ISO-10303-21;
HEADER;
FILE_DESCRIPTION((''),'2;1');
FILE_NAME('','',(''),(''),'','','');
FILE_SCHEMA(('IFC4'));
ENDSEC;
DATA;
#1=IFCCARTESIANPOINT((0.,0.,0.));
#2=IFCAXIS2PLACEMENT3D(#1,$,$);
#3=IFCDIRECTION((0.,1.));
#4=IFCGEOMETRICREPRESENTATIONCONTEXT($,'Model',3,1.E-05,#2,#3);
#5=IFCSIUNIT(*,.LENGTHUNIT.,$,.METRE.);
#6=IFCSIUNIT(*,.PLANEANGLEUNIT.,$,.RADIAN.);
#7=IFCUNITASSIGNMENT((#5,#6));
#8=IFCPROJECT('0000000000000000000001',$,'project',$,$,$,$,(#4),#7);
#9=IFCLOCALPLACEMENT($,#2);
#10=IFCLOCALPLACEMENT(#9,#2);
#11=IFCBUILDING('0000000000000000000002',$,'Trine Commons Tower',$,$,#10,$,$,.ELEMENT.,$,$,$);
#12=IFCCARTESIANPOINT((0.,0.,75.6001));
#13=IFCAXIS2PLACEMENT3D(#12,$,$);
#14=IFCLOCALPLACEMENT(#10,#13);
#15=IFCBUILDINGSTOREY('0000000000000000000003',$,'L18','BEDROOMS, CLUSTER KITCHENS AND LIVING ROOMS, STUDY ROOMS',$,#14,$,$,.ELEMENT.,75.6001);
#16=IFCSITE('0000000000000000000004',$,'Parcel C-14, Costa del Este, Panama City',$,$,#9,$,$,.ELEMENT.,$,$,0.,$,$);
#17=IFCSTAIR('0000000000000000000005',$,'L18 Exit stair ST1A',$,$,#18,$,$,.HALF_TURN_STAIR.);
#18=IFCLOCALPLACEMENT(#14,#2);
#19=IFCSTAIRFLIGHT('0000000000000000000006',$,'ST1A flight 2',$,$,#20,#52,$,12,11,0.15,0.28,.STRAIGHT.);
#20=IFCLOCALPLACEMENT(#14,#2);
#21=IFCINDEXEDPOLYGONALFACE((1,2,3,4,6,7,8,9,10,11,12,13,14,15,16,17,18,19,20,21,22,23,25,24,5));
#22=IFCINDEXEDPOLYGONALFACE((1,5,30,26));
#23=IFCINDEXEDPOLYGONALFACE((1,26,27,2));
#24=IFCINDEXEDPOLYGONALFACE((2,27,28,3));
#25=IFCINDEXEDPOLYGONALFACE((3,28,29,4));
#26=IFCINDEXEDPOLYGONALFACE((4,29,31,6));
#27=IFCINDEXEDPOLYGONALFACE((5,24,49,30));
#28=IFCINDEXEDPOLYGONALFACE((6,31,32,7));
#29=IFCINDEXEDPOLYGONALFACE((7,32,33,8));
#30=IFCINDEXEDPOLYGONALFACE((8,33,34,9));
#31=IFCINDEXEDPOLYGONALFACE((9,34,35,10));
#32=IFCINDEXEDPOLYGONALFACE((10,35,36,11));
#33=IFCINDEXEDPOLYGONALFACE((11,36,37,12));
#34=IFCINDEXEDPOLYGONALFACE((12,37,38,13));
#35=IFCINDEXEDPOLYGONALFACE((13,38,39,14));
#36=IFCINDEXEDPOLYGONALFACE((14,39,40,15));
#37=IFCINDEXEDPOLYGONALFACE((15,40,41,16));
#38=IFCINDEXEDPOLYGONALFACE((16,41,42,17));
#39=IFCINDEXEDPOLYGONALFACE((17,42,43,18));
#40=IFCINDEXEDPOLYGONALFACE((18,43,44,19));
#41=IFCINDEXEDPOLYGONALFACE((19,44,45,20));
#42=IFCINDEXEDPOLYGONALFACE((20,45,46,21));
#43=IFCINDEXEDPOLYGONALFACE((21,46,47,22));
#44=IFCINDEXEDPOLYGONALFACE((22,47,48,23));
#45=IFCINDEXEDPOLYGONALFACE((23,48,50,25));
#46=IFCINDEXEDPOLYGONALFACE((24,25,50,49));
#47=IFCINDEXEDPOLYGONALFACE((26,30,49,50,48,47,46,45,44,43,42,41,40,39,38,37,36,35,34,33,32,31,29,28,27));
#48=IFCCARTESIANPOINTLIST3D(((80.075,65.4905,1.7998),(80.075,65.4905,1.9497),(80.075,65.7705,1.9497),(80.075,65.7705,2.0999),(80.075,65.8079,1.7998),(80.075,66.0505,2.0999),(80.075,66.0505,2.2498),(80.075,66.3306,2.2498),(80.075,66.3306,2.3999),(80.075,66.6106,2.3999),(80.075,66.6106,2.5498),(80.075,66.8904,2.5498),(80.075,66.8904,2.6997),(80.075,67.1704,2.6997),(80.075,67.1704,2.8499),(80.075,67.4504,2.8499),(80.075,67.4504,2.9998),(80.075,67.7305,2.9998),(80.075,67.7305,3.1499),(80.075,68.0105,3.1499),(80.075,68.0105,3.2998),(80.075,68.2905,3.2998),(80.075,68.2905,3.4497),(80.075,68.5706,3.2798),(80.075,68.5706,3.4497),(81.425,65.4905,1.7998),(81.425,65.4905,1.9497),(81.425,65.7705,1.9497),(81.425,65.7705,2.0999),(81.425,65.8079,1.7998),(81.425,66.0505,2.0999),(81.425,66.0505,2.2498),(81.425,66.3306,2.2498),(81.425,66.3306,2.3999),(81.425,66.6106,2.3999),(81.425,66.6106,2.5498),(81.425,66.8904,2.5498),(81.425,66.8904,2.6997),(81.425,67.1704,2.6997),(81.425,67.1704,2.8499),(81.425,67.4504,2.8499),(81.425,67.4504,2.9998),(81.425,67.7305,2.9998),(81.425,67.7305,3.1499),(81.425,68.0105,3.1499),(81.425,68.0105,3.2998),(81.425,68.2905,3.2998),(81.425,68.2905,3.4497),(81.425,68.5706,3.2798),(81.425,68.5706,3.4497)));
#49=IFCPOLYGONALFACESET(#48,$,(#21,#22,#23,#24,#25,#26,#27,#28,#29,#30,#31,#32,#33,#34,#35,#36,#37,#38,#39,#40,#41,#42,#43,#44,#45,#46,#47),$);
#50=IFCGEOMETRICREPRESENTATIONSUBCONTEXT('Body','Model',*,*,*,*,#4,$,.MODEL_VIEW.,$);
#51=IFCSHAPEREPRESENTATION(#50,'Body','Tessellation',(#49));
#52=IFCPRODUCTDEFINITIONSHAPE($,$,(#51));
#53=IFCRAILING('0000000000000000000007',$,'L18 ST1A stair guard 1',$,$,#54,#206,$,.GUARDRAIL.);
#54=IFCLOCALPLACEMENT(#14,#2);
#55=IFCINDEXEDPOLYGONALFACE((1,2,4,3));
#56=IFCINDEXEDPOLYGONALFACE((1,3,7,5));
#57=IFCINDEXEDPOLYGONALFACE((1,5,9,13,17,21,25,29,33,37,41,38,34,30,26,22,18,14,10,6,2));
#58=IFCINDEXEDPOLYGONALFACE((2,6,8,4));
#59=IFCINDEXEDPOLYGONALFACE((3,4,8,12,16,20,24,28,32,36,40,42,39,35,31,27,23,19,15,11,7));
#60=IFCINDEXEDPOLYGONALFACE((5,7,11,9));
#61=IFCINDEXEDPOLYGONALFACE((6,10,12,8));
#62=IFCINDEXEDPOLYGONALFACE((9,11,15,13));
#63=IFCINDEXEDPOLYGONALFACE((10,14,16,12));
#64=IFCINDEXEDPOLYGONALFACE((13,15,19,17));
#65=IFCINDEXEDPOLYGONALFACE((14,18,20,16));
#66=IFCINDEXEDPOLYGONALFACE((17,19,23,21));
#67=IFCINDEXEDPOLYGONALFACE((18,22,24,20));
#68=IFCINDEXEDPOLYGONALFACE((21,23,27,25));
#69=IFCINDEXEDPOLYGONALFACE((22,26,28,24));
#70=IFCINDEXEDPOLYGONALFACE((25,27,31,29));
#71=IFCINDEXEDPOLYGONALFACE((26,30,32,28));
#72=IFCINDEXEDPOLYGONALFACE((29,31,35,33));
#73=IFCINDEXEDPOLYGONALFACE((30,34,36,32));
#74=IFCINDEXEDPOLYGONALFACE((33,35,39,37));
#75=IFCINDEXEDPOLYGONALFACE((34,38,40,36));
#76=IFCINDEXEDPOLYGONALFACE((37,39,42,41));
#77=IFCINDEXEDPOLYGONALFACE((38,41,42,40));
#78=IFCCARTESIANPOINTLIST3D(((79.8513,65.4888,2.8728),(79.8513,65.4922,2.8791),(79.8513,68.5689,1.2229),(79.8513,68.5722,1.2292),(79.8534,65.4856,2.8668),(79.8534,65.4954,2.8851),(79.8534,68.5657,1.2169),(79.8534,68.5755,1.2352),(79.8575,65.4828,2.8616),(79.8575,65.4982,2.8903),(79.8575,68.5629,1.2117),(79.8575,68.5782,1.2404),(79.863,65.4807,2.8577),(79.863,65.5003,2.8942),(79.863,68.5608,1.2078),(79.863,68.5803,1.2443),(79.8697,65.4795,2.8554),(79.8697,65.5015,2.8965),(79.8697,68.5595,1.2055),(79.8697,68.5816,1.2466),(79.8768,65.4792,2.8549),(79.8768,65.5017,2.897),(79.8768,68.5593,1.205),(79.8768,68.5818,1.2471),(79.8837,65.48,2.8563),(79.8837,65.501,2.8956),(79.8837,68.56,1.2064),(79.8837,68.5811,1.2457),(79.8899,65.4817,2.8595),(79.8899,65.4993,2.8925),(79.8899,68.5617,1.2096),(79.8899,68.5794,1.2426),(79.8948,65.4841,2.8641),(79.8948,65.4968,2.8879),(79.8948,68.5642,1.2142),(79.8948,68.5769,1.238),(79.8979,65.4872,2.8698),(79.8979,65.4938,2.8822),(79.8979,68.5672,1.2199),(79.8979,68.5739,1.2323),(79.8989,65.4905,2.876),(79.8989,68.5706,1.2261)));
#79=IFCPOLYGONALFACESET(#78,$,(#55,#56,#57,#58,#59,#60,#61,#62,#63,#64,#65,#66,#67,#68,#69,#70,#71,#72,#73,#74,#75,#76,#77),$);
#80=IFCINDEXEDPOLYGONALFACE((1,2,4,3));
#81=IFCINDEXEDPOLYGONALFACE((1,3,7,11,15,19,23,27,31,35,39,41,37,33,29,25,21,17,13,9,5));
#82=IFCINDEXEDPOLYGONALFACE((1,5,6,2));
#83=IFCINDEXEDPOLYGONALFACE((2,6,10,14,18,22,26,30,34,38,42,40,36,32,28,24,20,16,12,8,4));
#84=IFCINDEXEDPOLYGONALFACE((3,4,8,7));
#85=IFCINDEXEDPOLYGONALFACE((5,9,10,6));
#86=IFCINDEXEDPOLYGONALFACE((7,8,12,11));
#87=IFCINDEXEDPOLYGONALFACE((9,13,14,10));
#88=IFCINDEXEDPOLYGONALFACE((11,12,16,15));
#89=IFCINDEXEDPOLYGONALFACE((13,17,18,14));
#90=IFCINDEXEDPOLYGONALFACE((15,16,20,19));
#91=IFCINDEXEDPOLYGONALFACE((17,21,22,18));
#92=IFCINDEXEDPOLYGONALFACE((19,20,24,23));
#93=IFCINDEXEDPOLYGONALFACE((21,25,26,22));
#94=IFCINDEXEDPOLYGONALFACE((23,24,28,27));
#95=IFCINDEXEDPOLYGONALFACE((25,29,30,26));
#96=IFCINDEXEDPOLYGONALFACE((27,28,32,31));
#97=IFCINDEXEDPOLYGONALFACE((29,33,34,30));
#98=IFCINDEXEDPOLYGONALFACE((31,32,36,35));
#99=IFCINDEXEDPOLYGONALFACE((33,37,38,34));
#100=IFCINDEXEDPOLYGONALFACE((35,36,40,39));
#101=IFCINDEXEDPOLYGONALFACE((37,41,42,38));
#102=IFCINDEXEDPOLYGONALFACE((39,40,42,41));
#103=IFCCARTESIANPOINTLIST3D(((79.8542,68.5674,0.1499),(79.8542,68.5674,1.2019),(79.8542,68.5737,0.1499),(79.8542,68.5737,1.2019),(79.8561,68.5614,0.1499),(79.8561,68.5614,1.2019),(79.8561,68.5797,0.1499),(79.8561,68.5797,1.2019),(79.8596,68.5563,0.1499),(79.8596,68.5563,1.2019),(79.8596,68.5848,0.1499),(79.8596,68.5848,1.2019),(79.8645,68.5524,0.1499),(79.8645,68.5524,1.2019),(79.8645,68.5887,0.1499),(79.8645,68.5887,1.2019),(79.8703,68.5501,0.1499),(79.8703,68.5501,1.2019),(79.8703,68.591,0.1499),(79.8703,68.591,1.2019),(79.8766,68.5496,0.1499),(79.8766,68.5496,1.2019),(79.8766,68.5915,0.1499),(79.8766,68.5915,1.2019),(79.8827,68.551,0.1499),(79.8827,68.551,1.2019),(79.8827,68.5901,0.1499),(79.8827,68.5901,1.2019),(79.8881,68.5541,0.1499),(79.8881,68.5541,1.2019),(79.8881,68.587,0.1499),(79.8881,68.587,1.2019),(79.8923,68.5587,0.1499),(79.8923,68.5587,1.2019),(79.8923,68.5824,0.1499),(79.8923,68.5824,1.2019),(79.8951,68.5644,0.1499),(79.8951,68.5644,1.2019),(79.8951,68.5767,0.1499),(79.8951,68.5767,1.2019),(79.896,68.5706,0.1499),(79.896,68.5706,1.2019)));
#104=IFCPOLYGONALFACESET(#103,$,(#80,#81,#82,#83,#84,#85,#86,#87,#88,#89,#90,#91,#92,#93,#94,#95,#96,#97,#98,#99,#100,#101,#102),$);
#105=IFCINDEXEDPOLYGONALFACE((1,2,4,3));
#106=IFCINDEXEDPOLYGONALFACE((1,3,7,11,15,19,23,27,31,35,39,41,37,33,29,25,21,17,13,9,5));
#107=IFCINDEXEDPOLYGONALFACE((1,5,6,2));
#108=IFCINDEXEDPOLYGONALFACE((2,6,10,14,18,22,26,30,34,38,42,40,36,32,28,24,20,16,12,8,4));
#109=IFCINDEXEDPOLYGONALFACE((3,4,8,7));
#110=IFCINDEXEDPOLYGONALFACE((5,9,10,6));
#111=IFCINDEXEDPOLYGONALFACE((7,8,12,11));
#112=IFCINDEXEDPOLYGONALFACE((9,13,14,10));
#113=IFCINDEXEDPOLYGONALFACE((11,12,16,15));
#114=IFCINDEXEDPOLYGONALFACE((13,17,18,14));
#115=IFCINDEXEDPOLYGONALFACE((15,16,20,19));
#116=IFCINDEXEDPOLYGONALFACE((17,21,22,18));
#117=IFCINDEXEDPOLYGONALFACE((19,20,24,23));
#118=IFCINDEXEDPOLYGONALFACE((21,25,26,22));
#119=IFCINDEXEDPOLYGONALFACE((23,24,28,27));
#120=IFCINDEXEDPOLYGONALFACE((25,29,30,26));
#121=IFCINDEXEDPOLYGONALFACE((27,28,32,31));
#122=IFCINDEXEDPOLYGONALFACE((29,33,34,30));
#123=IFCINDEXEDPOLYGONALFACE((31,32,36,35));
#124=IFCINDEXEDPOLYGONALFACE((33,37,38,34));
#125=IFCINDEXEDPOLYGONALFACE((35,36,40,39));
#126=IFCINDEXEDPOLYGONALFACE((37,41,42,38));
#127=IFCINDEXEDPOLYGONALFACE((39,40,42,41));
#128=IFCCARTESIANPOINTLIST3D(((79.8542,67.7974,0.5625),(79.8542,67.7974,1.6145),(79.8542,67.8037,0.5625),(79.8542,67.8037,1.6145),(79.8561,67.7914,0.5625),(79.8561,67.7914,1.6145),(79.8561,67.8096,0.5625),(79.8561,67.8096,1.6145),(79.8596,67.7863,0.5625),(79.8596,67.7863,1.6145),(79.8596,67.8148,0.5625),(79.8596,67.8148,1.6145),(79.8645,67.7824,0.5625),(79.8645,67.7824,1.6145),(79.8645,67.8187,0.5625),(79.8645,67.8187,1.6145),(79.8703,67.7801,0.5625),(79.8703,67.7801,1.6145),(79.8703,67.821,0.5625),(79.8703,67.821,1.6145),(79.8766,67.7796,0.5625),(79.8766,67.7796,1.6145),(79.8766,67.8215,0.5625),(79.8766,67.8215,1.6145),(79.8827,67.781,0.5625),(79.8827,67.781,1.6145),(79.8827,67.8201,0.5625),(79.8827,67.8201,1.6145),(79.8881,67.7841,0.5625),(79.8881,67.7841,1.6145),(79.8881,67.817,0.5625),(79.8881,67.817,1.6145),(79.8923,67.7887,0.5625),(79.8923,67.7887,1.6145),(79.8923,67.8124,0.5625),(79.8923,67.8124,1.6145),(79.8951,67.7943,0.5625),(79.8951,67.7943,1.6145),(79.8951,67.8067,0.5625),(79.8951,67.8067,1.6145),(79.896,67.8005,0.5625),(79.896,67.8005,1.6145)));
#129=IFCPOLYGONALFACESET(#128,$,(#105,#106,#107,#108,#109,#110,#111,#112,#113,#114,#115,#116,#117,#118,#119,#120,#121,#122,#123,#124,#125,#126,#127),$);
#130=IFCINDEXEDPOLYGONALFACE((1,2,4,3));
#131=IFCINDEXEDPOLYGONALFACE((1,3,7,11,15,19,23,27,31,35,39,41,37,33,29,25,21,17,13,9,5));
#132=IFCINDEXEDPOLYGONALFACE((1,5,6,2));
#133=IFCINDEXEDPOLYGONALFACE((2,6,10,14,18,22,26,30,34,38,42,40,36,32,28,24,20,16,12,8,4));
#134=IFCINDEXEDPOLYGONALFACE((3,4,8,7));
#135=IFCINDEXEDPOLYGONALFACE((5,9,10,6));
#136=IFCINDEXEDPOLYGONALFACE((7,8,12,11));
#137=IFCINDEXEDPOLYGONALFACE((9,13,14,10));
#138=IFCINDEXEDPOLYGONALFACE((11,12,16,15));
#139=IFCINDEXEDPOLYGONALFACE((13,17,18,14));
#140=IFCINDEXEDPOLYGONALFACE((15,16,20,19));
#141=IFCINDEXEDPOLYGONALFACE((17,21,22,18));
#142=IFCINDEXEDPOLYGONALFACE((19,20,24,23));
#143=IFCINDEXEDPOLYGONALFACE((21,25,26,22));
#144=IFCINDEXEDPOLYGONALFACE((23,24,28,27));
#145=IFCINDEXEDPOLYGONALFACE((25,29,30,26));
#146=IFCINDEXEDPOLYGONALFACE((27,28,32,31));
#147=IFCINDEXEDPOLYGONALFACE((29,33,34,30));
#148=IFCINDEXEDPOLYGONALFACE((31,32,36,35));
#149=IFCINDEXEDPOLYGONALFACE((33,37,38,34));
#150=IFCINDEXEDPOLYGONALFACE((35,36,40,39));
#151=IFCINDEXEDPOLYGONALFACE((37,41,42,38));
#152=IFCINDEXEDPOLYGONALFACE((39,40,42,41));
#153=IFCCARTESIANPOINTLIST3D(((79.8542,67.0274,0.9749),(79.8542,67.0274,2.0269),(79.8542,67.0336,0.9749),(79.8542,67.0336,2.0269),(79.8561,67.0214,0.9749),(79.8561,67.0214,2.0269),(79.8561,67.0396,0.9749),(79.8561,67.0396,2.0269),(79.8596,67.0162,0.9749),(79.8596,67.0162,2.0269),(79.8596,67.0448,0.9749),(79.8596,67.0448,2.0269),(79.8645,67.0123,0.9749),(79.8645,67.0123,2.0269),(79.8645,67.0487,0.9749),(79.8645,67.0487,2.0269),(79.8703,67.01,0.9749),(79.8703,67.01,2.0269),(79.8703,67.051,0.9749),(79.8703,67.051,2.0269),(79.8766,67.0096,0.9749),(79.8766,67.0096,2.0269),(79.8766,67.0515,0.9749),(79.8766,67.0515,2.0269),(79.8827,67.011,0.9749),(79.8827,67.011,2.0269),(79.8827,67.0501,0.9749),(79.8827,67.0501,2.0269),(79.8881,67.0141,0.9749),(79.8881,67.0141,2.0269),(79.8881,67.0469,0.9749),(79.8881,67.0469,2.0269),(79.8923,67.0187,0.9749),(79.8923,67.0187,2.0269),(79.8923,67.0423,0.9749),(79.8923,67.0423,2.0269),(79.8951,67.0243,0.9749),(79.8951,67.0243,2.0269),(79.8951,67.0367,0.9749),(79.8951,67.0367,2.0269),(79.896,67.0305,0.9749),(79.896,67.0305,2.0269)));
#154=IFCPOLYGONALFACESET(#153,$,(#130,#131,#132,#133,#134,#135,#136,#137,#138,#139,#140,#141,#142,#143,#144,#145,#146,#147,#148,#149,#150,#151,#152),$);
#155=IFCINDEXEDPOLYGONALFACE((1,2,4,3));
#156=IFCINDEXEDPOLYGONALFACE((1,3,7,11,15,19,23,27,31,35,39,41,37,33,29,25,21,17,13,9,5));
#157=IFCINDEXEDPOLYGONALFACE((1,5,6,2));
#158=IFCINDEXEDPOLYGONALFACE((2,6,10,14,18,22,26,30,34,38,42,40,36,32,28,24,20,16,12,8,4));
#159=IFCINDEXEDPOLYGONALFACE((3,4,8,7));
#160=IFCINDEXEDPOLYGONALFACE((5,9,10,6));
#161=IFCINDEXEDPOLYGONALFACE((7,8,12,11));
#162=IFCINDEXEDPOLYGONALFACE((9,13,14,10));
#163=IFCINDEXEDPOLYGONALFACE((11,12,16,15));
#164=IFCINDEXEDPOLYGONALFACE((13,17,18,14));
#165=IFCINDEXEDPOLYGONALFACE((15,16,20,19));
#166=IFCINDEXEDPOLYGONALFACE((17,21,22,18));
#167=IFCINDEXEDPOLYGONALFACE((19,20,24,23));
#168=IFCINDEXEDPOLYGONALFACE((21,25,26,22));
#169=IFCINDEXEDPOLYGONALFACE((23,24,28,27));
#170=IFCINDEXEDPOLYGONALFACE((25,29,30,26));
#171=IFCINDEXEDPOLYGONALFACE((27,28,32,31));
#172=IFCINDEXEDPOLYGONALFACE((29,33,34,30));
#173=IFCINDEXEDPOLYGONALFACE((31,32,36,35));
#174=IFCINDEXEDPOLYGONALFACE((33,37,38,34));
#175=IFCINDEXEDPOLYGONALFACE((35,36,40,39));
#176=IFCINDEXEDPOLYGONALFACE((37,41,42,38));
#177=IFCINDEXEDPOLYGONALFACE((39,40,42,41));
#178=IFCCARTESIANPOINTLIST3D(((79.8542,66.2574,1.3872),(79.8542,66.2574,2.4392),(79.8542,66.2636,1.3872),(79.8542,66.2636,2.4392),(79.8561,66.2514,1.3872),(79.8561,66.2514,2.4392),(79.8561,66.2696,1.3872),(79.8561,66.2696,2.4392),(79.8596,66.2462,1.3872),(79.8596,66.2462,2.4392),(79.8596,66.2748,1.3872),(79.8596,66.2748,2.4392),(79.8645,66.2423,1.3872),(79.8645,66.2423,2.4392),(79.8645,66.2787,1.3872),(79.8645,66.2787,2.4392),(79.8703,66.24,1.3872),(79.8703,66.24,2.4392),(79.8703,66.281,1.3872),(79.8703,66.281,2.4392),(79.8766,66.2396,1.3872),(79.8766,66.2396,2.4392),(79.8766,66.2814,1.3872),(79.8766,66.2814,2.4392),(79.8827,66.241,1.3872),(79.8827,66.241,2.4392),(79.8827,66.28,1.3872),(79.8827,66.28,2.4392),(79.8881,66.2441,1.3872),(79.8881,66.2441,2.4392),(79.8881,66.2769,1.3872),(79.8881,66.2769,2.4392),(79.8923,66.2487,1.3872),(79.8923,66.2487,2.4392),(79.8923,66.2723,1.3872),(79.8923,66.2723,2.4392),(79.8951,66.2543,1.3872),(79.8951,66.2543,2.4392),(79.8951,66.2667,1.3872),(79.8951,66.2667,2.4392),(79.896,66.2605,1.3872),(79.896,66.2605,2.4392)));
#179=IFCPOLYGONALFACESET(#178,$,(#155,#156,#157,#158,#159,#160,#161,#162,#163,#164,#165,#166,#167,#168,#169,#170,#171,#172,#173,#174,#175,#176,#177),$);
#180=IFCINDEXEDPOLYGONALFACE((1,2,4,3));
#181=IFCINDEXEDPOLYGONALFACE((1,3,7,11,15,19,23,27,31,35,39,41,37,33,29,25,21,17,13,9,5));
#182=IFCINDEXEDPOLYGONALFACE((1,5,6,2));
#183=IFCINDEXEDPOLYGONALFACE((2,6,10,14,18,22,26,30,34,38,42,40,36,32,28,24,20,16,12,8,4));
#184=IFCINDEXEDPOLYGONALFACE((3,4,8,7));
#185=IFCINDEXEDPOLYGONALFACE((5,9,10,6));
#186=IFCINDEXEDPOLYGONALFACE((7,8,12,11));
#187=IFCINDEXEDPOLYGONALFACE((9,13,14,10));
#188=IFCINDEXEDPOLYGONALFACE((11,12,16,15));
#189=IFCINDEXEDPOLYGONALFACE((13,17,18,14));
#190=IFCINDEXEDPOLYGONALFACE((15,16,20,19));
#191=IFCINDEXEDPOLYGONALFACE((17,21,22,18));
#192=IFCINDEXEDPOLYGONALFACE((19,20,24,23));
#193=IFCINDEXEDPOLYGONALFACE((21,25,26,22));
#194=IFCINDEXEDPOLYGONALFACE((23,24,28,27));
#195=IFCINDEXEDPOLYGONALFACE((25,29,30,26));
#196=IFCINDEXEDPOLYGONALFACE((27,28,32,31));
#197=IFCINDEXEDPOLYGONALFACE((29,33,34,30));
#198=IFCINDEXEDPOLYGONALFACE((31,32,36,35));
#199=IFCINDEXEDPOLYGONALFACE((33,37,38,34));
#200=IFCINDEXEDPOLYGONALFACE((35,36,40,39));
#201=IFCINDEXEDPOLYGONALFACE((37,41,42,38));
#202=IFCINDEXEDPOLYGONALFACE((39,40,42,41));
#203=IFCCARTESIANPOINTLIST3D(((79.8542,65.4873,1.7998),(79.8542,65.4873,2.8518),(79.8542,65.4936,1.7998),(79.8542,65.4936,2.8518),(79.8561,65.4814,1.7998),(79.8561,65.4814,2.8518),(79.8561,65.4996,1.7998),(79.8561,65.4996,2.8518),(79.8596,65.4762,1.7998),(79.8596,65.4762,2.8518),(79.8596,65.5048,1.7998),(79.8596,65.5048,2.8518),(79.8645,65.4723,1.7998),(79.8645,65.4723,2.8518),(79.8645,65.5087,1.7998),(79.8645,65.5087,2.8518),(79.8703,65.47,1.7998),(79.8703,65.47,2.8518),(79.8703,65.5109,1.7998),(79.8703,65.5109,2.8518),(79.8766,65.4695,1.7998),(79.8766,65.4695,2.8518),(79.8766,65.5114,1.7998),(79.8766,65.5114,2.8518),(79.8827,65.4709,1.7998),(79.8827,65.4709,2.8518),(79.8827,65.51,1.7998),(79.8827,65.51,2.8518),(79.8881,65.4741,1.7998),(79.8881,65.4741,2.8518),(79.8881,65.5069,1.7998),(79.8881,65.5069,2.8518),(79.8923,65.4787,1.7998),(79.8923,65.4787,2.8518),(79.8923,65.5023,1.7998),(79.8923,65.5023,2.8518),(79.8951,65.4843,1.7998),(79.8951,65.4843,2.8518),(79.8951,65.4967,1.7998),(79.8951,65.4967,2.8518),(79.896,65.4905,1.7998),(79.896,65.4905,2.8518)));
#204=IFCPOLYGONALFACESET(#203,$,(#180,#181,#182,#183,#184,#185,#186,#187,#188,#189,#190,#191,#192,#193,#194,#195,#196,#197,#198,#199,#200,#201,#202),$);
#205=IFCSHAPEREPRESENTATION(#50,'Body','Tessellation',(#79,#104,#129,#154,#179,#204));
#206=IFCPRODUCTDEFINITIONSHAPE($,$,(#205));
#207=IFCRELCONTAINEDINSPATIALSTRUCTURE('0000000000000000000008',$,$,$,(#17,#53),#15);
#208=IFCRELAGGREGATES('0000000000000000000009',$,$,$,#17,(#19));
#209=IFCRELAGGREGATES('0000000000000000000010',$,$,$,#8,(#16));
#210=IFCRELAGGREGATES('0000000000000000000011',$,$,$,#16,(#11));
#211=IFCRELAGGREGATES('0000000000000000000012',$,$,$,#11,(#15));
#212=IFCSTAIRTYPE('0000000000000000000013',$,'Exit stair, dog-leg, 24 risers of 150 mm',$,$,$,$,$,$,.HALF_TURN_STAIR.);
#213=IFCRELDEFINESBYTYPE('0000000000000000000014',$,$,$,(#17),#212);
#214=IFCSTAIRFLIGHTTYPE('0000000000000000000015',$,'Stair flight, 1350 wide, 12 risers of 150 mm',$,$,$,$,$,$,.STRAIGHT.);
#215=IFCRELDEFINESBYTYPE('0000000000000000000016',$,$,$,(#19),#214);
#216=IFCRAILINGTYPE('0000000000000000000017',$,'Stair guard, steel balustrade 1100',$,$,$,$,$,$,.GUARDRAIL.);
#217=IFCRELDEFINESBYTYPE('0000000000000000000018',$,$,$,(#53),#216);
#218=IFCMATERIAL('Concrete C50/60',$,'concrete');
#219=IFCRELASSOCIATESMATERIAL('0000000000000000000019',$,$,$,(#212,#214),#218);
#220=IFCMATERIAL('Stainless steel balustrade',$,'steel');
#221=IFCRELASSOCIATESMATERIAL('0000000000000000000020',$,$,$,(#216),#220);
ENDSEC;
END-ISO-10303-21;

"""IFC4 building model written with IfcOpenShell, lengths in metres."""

from ifc_helpers import new_model, si_unit, direction, frame, origin, origin_2d, place, context, subcontext, project, spatial, polyline, circle, outline, extrude, material, type_object, element, aggregate, save


model = new_model("IFC4")

# Units and contexts
model_context = context("Model", 3, precision=1e-05, world=origin(), true_north=direction((0.0, 1.0)))
body_context = subcontext(model_context, "Body", "Model", "MODEL_VIEW")
ifc_project = project(units=[si_unit("LENGTHUNIT", "METRE"), si_unit("PLANEANGLEUNIT", "RADIAN")], contexts=[model_context])

# Site, building, storey
site_placement = place(None, origin())
site = spatial("IfcSite", under=ifc_project, at=site_placement, Name="Parcel C-14, Costa del Este, Panama City", CompositionType="ELEMENT", RefElevation=0.0)
building_placement = place(site_placement, origin())
building = spatial("IfcBuilding", under=site, at=building_placement, Name="Trine Commons Tower", CompositionType="ELEMENT")
storey_placement = place(building_placement, frame((0.0, 0.0, 75.6001)))
storey = spatial("IfcBuildingStorey", under=building, at=storey_placement, Name="L18", Description="BEDROOMS, CLUSTER KITCHENS AND LIVING ROOMS, STUDY ROOMS", CompositionType="ELEMENT", Elevation=75.6001)

# Shared definitions
ifc_material_1 = material(Name="Concrete C50/60", Category="concrete")

# Stair, stair flight
stair_type = type_object("IfcStairType", Name="Exit stair, dog-leg, 24 risers of 150 mm", PredefinedType="HALF_TURN_STAIR", material=ifc_material_1)
stair_placement = place(storey_placement, origin())
stair = element("IfcStair", 1, at=stair_placement, inside=storey, type_object=stair_type, Name="L18 Exit stair ST1A", PredefinedType="HALF_TURN_STAIR")
stair_flight_type = type_object("IfcStairFlightType", Name="Stair flight, 1350 wide, 12 risers of 150 mm", PredefinedType="STRAIGHT", material=ifc_material_1)
stair_flight_placement = place(storey_placement, frame((80.75, 65.4905, 1.7998), z_axis=(0.0, 0.0, 1.0), x_axis=(0.0, 1.0, 0.0)))
stair_flight = element("IfcStairFlight", 2, at=stair_flight_placement, type_object=stair_flight_type, Name="ST1A flight 2", NumberOfRisers=12, NumberOfTreads=11, PredefinedType="STRAIGHT", RiserHeight=0.15, TreadLength=0.28, context=body_context, shape_type="SweptSolid", body=[
    extrude(outline(polyline([(0.0, 0.0), (0.0, 0.1499), (0.28, 0.1499), (0.28, 0.3), (0.5601, 0.3), (0.5601, 0.45), (0.8401, 0.45), (0.8401, 0.6001), (1.1201, 0.6001), (1.1201, 0.75), (1.3999, 0.75), (1.3999, 0.8999), (1.6799, 0.8999), (1.6799, 1.05), (1.96, 1.05), (1.96, 1.2), (2.24, 1.2), (2.24, 1.3501), (2.52, 1.3501), (2.52, 1.5), (2.8, 1.5), (2.8, 1.6499), (3.0801, 1.6499), (3.0801, 1.8), (3.0801, 1.48), (0.3174, 0.0), (0.0, 0.0)])), frame((0.0, 0.675, 0.0), z_axis=(0.0, -1.0, 0.0), x_axis=(1.0, 0.0, 0.0)), (0.0, 0.0, 1.0), 1.3501),
])
aggregate(stair, [stair_flight])

# Railing
ifc_material_2 = material(Name="Stainless steel balustrade", Category="steel")
railing_type_1 = type_object("IfcRailingType", Name="Stair guard, steel balustrade 1100", PredefinedType="GUARDRAIL", material=ifc_material_2)
railing_1_placement = place(storey_placement, frame((79.875, 68.5706, 0.1499)))
element("IfcRailing", 3, at=railing_1_placement, inside=storey, type_object=railing_type_1, Name="L18 ST1A stair guard 1", PredefinedType="GUARDRAIL", context=body_context, shape_type="SweptSolid", body=[
    extrude(circle(Radius=0.0239, at=origin_2d()), frame((0.0, 0.0, 1.0762), z_axis=(0.0, -0.881497, 0.47219), x_axis=(1.0, 0.0, 0.0)), (0.0, 0.0, 1.0), 3.4941),
    extrude(circle(Radius=0.021, at=origin_2d()), origin(), (0.0, 0.0, 1.0), 1.052),
    extrude(circle(Radius=0.021, at=origin_2d()), frame((0.0, -0.77, 0.4126)), (0.0, 0.0, 1.0), 1.052),
    extrude(circle(Radius=0.021, at=origin_2d()), frame((0.0, -1.54, 0.825)), (0.0, 0.0, 1.0), 1.052),
    extrude(circle(Radius=0.021, at=origin_2d()), frame((0.0, -2.3101, 1.2373)), (0.0, 0.0, 1.0), 1.052),
    extrude(circle(Radius=0.021, at=origin_2d()), frame((0.0, -3.0801, 1.6499)), (0.0, 0.0, 1.0), 1.052),
])

save(model, "model.ifc")
